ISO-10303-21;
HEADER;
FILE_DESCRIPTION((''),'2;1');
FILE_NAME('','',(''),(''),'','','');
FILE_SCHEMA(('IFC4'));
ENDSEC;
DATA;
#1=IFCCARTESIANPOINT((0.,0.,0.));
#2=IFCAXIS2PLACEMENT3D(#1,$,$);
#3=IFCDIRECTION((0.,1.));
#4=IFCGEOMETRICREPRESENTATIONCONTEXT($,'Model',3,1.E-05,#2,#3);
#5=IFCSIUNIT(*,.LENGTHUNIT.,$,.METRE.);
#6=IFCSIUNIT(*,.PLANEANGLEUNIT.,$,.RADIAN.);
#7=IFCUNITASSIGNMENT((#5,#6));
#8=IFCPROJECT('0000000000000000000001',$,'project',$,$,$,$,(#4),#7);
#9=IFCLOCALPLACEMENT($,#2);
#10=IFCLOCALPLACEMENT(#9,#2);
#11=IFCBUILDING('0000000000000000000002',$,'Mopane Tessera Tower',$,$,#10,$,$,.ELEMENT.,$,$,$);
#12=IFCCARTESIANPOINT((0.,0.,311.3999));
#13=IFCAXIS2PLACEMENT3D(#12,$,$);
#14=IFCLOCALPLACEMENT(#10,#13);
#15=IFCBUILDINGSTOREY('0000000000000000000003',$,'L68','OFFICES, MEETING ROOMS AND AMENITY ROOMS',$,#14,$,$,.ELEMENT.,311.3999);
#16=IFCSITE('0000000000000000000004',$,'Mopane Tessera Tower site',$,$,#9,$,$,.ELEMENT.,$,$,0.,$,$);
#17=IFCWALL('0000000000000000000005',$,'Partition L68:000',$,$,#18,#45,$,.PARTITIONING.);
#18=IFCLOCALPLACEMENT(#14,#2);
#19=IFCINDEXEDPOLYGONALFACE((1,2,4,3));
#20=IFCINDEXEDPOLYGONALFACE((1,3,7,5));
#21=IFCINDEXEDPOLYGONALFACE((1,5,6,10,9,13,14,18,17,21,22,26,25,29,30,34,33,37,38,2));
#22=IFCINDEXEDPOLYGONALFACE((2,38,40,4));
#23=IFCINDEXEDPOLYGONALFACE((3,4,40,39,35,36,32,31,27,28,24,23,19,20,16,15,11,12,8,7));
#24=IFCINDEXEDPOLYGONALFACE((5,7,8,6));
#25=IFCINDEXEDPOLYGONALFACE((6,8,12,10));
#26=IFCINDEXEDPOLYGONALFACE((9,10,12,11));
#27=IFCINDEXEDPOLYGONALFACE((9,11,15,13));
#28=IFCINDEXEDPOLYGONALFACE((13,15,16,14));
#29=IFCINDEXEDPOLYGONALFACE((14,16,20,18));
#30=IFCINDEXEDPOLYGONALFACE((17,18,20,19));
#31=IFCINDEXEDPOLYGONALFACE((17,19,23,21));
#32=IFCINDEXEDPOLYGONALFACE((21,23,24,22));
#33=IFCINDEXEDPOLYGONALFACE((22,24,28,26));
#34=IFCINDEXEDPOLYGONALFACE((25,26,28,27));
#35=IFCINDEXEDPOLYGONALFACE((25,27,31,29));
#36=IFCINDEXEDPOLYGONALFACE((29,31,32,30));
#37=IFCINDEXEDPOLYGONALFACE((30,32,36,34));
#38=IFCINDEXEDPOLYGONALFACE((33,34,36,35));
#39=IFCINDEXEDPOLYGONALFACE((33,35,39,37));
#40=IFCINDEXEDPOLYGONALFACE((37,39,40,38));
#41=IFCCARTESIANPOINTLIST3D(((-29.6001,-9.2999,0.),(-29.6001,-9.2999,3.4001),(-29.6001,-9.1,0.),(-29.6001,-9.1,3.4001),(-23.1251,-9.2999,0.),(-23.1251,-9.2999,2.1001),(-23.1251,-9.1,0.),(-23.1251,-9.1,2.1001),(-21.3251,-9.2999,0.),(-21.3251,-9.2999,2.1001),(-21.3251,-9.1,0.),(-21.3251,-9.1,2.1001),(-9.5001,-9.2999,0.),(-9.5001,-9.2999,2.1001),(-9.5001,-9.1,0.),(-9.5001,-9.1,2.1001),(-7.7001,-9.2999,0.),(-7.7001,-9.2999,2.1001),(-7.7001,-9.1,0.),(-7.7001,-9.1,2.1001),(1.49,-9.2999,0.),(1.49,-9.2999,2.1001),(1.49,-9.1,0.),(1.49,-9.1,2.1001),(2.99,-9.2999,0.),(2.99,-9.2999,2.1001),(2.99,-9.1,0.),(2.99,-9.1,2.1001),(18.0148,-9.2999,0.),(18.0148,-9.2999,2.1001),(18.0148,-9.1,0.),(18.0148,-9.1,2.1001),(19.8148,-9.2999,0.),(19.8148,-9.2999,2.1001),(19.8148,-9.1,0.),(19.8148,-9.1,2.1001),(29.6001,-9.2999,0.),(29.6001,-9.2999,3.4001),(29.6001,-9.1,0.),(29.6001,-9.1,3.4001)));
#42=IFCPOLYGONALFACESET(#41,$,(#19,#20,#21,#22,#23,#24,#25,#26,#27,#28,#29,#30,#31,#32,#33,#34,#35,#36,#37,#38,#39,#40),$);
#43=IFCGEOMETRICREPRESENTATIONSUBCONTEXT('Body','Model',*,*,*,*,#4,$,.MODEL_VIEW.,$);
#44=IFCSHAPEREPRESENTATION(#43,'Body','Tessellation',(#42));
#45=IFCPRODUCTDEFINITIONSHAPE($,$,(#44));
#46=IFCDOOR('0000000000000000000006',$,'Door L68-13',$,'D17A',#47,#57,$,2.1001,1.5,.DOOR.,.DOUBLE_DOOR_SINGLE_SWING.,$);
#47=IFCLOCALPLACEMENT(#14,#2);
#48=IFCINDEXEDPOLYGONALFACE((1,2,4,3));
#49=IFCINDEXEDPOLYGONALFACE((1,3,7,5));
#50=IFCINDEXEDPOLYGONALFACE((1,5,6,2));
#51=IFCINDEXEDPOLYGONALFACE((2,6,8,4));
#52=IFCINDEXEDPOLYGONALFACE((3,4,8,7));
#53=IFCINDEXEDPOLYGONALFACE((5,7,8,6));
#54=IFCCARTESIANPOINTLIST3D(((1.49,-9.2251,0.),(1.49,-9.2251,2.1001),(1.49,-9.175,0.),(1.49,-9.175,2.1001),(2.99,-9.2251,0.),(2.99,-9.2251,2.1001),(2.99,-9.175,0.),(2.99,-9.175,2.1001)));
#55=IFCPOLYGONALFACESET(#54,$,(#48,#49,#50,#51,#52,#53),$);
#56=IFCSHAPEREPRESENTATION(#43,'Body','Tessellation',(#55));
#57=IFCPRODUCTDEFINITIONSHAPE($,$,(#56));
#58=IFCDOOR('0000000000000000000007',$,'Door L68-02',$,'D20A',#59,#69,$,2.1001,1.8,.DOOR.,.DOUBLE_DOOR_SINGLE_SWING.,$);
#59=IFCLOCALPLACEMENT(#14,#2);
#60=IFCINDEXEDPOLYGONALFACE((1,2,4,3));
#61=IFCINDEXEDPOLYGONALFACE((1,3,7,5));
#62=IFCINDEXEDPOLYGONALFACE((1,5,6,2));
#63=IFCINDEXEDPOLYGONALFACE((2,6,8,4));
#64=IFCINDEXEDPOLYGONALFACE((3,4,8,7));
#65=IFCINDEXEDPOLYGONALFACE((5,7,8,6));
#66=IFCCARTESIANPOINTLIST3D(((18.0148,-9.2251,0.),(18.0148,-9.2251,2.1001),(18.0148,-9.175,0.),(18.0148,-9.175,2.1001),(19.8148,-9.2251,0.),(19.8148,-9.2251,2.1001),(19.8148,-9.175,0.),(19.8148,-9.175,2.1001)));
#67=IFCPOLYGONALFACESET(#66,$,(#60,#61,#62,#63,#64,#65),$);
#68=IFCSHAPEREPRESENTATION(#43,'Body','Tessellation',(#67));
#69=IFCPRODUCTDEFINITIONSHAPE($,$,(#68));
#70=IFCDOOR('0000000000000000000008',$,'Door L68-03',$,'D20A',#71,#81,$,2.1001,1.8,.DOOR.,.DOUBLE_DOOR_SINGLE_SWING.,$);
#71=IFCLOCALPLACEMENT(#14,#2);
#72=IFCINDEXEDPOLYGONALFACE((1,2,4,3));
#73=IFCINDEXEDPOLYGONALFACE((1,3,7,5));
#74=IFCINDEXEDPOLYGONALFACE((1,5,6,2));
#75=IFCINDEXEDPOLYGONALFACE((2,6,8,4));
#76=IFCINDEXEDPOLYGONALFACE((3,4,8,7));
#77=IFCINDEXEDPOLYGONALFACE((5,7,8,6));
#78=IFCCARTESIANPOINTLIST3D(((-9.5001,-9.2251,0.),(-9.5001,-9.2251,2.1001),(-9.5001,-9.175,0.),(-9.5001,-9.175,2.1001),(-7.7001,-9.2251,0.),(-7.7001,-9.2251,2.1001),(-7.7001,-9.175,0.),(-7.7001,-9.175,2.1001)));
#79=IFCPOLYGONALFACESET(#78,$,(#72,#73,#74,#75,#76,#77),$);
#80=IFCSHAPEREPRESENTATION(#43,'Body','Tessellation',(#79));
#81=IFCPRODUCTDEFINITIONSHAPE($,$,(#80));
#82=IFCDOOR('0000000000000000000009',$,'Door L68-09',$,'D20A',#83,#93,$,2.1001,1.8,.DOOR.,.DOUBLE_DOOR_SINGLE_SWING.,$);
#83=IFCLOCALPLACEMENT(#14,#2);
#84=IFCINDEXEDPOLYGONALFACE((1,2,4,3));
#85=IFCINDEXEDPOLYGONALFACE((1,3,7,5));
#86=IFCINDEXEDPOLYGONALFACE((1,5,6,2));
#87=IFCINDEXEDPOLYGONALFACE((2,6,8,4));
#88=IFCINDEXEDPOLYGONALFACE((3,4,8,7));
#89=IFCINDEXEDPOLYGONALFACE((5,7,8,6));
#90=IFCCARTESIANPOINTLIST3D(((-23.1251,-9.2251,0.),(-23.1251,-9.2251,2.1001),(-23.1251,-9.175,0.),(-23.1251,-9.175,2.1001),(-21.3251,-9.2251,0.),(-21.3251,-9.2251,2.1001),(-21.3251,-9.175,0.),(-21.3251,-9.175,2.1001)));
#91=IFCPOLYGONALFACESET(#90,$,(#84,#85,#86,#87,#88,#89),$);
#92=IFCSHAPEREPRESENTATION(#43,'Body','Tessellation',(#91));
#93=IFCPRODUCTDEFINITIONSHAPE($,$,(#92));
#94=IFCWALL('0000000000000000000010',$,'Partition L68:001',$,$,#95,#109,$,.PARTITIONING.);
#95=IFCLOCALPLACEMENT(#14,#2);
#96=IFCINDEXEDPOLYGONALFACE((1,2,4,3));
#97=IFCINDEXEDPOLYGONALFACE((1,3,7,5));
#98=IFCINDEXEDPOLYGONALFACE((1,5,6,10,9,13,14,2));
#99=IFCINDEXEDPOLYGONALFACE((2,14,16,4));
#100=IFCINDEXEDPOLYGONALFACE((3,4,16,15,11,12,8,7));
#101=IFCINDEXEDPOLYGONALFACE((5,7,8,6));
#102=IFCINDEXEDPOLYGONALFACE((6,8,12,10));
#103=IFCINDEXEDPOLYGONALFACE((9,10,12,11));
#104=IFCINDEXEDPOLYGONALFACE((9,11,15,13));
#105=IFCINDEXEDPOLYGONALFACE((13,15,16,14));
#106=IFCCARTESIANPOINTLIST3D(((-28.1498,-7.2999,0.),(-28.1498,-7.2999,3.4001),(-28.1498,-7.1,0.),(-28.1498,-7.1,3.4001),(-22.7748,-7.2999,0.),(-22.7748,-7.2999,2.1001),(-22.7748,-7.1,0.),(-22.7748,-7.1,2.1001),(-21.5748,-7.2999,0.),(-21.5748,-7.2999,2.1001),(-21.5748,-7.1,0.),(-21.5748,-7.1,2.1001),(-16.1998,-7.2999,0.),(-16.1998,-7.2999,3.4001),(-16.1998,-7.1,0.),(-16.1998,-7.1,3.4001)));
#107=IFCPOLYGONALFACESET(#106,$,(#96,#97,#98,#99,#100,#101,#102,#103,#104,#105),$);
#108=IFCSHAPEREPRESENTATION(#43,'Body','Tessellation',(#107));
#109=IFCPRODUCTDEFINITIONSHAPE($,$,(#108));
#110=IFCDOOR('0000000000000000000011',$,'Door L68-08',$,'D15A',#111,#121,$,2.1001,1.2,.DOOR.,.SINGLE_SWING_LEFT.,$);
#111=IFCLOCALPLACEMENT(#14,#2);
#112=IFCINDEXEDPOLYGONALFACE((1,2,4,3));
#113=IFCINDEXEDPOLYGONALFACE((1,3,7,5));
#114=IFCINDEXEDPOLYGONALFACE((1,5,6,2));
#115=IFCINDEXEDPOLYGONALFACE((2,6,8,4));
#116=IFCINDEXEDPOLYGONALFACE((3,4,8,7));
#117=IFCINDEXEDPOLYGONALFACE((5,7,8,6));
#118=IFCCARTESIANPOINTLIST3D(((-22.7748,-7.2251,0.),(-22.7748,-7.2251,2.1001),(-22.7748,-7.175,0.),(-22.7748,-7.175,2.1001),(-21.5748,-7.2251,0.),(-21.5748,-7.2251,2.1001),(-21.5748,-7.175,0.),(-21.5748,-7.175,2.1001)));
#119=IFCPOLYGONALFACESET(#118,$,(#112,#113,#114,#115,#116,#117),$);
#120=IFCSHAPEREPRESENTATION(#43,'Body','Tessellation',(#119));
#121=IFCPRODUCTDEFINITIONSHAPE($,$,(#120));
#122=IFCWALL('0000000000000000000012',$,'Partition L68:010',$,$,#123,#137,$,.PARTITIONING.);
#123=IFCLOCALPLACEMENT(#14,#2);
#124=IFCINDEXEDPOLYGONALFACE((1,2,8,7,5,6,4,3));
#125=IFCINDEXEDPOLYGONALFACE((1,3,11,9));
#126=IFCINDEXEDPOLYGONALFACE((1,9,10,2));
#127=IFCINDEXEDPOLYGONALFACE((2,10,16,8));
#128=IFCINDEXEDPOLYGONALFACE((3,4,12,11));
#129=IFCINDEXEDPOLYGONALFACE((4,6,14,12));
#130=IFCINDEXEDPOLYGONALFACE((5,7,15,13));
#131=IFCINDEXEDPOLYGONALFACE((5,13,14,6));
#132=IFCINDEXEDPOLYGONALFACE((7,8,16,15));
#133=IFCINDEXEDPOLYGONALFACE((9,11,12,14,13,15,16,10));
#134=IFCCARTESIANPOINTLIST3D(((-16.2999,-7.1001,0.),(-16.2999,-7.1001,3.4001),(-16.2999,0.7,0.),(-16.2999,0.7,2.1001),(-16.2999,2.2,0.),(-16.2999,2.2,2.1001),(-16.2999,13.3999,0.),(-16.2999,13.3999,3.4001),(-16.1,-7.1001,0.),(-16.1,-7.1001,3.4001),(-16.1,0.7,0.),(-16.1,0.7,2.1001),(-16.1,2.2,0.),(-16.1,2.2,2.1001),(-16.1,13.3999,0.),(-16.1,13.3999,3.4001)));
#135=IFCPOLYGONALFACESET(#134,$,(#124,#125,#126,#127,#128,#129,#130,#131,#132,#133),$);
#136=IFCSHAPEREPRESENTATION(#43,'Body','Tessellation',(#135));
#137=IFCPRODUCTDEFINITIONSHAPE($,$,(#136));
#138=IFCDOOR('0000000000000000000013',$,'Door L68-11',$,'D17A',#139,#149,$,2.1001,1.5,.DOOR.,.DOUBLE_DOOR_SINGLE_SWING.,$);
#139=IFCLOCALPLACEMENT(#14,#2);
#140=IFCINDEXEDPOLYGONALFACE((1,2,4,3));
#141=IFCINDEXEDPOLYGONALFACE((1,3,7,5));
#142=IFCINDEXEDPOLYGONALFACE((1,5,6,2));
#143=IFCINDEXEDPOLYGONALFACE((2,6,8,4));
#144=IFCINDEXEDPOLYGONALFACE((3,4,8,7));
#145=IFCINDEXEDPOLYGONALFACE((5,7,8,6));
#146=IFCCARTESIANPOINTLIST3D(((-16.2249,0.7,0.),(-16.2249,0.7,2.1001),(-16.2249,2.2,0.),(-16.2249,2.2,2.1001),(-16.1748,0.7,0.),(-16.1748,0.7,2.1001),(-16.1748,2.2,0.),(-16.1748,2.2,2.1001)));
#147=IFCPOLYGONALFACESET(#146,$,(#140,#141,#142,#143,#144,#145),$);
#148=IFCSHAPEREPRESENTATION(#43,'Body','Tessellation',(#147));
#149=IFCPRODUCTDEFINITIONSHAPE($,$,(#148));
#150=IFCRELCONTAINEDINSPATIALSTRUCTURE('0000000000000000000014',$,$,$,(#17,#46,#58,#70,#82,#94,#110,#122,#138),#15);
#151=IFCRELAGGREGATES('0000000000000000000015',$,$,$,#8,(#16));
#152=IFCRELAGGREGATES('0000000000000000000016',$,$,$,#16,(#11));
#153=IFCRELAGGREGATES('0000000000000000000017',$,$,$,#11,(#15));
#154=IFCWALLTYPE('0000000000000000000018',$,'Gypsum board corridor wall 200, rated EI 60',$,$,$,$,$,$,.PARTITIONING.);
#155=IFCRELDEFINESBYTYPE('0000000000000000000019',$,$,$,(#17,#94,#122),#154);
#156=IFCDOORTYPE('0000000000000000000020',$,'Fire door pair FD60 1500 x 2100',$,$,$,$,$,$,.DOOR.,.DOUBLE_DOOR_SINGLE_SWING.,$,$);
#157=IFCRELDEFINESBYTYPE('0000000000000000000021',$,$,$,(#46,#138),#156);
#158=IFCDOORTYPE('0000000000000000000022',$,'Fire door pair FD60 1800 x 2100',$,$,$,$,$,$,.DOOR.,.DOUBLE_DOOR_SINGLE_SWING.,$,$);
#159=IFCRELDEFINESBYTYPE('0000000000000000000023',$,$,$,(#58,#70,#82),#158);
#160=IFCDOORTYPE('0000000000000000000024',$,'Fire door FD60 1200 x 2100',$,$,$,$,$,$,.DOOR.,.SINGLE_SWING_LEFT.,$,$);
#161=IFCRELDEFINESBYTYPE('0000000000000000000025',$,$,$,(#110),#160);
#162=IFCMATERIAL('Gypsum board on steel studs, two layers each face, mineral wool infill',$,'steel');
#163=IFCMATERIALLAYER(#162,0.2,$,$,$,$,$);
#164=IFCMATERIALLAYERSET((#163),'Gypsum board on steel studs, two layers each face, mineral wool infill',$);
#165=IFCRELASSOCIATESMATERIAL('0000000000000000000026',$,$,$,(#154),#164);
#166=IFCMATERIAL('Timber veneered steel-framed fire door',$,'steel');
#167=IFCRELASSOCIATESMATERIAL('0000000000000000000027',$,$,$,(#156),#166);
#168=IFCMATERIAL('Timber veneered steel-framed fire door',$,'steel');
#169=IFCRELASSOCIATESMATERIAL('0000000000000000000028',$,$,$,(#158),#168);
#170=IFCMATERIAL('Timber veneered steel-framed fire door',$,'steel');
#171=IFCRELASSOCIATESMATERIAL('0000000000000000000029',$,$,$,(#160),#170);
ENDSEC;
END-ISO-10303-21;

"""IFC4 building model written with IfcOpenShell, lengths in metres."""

from ifc_helpers import new_model, si_unit, direction, frame, frame_2d, origin, place, context, subcontext, project, spatial, rectangle, extrude, material, layer, layer_set, type_object, element, fill, save


model = new_model("IFC4")

# Units and contexts
model_context = context("Model", 3, precision=1e-05, world=origin(), true_north=direction((0.0, 1.0)))
body_context = subcontext(model_context, "Body", "Model", "MODEL_VIEW")
ifc_project = project(units=[si_unit("LENGTHUNIT", "METRE"), si_unit("PLANEANGLEUNIT", "RADIAN")], contexts=[model_context])

# Site, building, storey
site_placement = place(None, origin())
site = spatial("IfcSite", under=ifc_project, at=site_placement, Name="Mopane Tessera Tower site", CompositionType="ELEMENT", RefElevation=0.0)
building_placement = place(site_placement, origin())
building = spatial("IfcBuilding", under=site, at=building_placement, Name="Mopane Tessera Tower", CompositionType="ELEMENT")
storey_placement = place(building_placement, frame((0.0, 0.0, 311.3999)))
storey = spatial("IfcBuildingStorey", under=building, at=storey_placement, Name="L68", Description="OFFICES, MEETING ROOMS AND AMENITY ROOMS", CompositionType="ELEMENT", Elevation=311.3999)

# Wall, openings, doors
ifc_material_1 = material(Name="Gypsum board on steel studs, two layers each face, mineral wool infill", Category="steel")
ifc_layer_1 = layer(ifc_material_1, 0.2)
ifc_layer_set_1 = layer_set([ifc_layer_1], Name="Gypsum board on steel studs, two layers each face, mineral wool infill")
wall_type_1 = type_object("IfcWallType", Name="Gypsum board corridor wall 200, rated EI 60", PredefinedType="PARTITIONING", material=ifc_layer_set_1)
wall_1_placement = place(storey_placement, frame((-29.6001, -9.2, 0.0), z_axis=(0.0, 0.0, 1.0), x_axis=(1.0, 0.0, 0.0)))
wall_1 = element("IfcWall", 1, at=wall_1_placement, inside=storey, type_object=wall_type_1, Name="Partition L68:000", PredefinedType="PARTITIONING", context=body_context, shape_type="SweptSolid", body=[
    extrude(rectangle(XDim=59.2002, YDim=0.2, at=frame_2d((29.6001, 0.0))), origin(), (0.0, 0.0, 1.0), 3.4001),
])
opening_1_placement = place(wall_1_placement, frame((47.615, 0.0, 0.0)))
opening_1 = element("IfcOpeningElement", 2, at=opening_1_placement, cuts=wall_1, PredefinedType="OPENING", context=body_context, shape_type="SweptSolid", body=[
    extrude(rectangle(XDim=1.8, YDim=2.1001, at=frame_2d((0.8999, 1.05))), frame((0.0, 0.1121, 0.0), z_axis=(0.0, -1.0, 0.0), x_axis=(1.0, 0.0, 0.0)), (0.0, 0.0, 1.0), 0.2239),
])
opening_2_placement = place(wall_1_placement, frame((20.1001, 0.0, 0.0)))
opening_2 = element("IfcOpeningElement", 3, at=opening_2_placement, cuts=wall_1, PredefinedType="OPENING", context=body_context, shape_type="SweptSolid", body=[
    extrude(rectangle(XDim=1.8, YDim=2.1001, at=frame_2d((0.8999, 1.05))), frame((0.0, 0.1121, 0.0), z_axis=(0.0, -1.0, 0.0), x_axis=(1.0, 0.0, 0.0)), (0.0, 0.0, 1.0), 0.2239),
])
opening_3_placement = place(wall_1_placement, frame((6.4751, 0.0, 0.0)))
opening_3 = element("IfcOpeningElement", 4, at=opening_3_placement, cuts=wall_1, PredefinedType="OPENING", context=body_context, shape_type="SweptSolid", body=[
    extrude(rectangle(XDim=1.8, YDim=2.1001, at=frame_2d((0.8999, 1.05))), frame((0.0, 0.1121, 0.0), z_axis=(0.0, -1.0, 0.0), x_axis=(1.0, 0.0, 0.0)), (0.0, 0.0, 1.0), 0.2239),
])
opening_4_placement = place(wall_1_placement, frame((31.0901, 0.0, 0.0)))
opening_4 = element("IfcOpeningElement", 5, at=opening_4_placement, cuts=wall_1, PredefinedType="OPENING", context=body_context, shape_type="SweptSolid", body=[
    extrude(rectangle(XDim=1.5, YDim=2.1001, at=frame_2d((0.75, 1.05))), frame((0.0, 0.1121, 0.0), z_axis=(0.0, -1.0, 0.0), x_axis=(1.0, 0.0, 0.0)), (0.0, 0.0, 1.0), 0.2239),
])
ifc_material_2 = material(Name="Timber veneered steel-framed fire door", Category="steel")
door_type_1 = type_object("IfcDoorType", Name="Fire door pair FD60 1500 x 2100", OperationType="DOUBLE_DOOR_SINGLE_SWING", PredefinedType="DOOR", material=ifc_material_2)
door_1_placement = place(opening_4_placement, origin())
door_1 = element("IfcDoor", 6, at=door_1_placement, inside=storey, type_object=door_type_1, Name="Door L68-13", ObjectType="D17A", OperationType="DOUBLE_DOOR_SINGLE_SWING", OverallHeight=2.1001, OverallWidth=1.5, PredefinedType="DOOR", context=body_context, shape_type="SweptSolid", body=[
    extrude(rectangle(XDim=1.5, YDim=2.1001, at=frame_2d((0.75, 1.05))), frame((0.0, 0.0249, 0.0), z_axis=(0.0, -1.0, 0.0), x_axis=(1.0, 0.0, 0.0)), (0.0, 0.0, 1.0), 0.05),
])
fill(opening_4, door_1)
ifc_material_3 = material(Name="Timber veneered steel-framed fire door", Category="steel")
door_type_2 = type_object("IfcDoorType", Name="Fire door pair FD60 1800 x 2100", OperationType="DOUBLE_DOOR_SINGLE_SWING", PredefinedType="DOOR", material=ifc_material_3)
door_2_placement = place(opening_1_placement, origin())
door_2 = element("IfcDoor", 7, at=door_2_placement, inside=storey, type_object=door_type_2, Name="Door L68-02", ObjectType="D20A", OperationType="DOUBLE_DOOR_SINGLE_SWING", OverallHeight=2.1001, OverallWidth=1.8, PredefinedType="DOOR", context=body_context, shape_type="SweptSolid", body=[
    extrude(rectangle(XDim=1.8, YDim=2.1001, at=frame_2d((0.8999, 1.05))), frame((0.0, 0.0249, 0.0), z_axis=(0.0, -1.0, 0.0), x_axis=(1.0, 0.0, 0.0)), (0.0, 0.0, 1.0), 0.05),
])
fill(opening_1, door_2)
door_3_placement = place(opening_2_placement, origin())
door_3 = element("IfcDoor", 8, at=door_3_placement, inside=storey, type_object=door_type_2, Name="Door L68-03", ObjectType="D20A", OperationType="DOUBLE_DOOR_SINGLE_SWING", OverallHeight=2.1001, OverallWidth=1.8, PredefinedType="DOOR", context=body_context, shape_type="SweptSolid", body=[
    extrude(rectangle(XDim=1.8, YDim=2.1001, at=frame_2d((0.8999, 1.05))), frame((0.0, 0.0249, 0.0), z_axis=(0.0, -1.0, 0.0), x_axis=(1.0, 0.0, 0.0)), (0.0, 0.0, 1.0), 0.05),
])
fill(opening_2, door_3)
door_4_placement = place(opening_3_placement, origin())
door_4 = element("IfcDoor", 9, at=door_4_placement, inside=storey, type_object=door_type_2, Name="Door L68-09", ObjectType="D20A", OperationType="DOUBLE_DOOR_SINGLE_SWING", OverallHeight=2.1001, OverallWidth=1.8, PredefinedType="DOOR", context=body_context, shape_type="SweptSolid", body=[
    extrude(rectangle(XDim=1.8, YDim=2.1001, at=frame_2d((0.8999, 1.05))), frame((0.0, 0.0249, 0.0), z_axis=(0.0, -1.0, 0.0), x_axis=(1.0, 0.0, 0.0)), (0.0, 0.0, 1.0), 0.05),
])
fill(opening_3, door_4)

# Walls, openings, doors
wall_2_placement = place(storey_placement, frame((-28.1499, -7.2, 0.0), z_axis=(0.0, 0.0, 1.0), x_axis=(1.0, 0.0, 0.0)))
wall_2 = element("IfcWall", 10, at=wall_2_placement, inside=storey, type_object=wall_type_1, Name="Partition L68:001", PredefinedType="PARTITIONING", context=body_context, shape_type="SweptSolid", body=[
    extrude(rectangle(XDim=11.95, YDim=0.2, at=frame_2d((5.9751, 0.0))), origin(), (0.0, 0.0, 1.0), 3.4001),
])
opening_5_placement = place(wall_2_placement, frame((5.375, 0.0, 0.0)))
opening_5 = element("IfcOpeningElement", 11, at=opening_5_placement, cuts=wall_2, PredefinedType="OPENING", context=body_context, shape_type="SweptSolid", body=[
    extrude(rectangle(XDim=1.2, YDim=2.1001, at=frame_2d((0.6001, 1.05))), frame((0.0, 0.1121, 0.0), z_axis=(0.0, -1.0, 0.0), x_axis=(1.0, 0.0, 0.0)), (0.0, 0.0, 1.0), 0.2239),
])
ifc_material_4 = material(Name="Timber veneered steel-framed fire door", Category="steel")
door_type_3 = type_object("IfcDoorType", Name="Fire door FD60 1200 x 2100", OperationType="SINGLE_SWING_LEFT", PredefinedType="DOOR", material=ifc_material_4)
door_5_placement = place(opening_5_placement, origin())
door_5 = element("IfcDoor", 12, at=door_5_placement, inside=storey, type_object=door_type_3, Name="Door L68-08", ObjectType="D15A", OperationType="SINGLE_SWING_LEFT", OverallHeight=2.1001, OverallWidth=1.2, PredefinedType="DOOR", context=body_context, shape_type="SweptSolid", body=[
    extrude(rectangle(XDim=1.2, YDim=2.1001, at=frame_2d((0.6001, 1.05))), frame((0.0, 0.0249, 0.0), z_axis=(0.0, -1.0, 0.0), x_axis=(1.0, 0.0, 0.0)), (0.0, 0.0, 1.0), 0.05),
])
fill(opening_5, door_5)
wall_3_placement = place(storey_placement, frame((-16.2, -7.1001, 0.0), z_axis=(0.0, 0.0, 1.0), x_axis=(0.0, 1.0, 0.0)))
wall_3 = element("IfcWall", 13, at=wall_3_placement, inside=storey, type_object=wall_type_1, Name="Partition L68:010", PredefinedType="PARTITIONING", context=body_context, shape_type="SweptSolid", body=[
    extrude(rectangle(XDim=20.5, YDim=0.2, at=frame_2d((10.25, 0.0))), origin(), (0.0, 0.0, 1.0), 3.4001),
])
opening_6_placement = place(wall_3_placement, frame((7.8, 0.0, 0.0)))
opening_6 = element("IfcOpeningElement", 14, at=opening_6_placement, cuts=wall_3, PredefinedType="OPENING", context=body_context, shape_type="SweptSolid", body=[
    extrude(rectangle(XDim=1.5, YDim=2.1001, at=frame_2d((0.75, 1.05))), frame((0.0, 0.1121, 0.0), z_axis=(0.0, -1.0, 0.0), x_axis=(1.0, 0.0, 0.0)), (0.0, 0.0, 1.0), 0.2239),
])
door_6_placement = place(opening_6_placement, origin())
door_6 = element("IfcDoor", 15, at=door_6_placement, inside=storey, type_object=door_type_1, Name="Door L68-11", ObjectType="D17A", OperationType="DOUBLE_DOOR_SINGLE_SWING", OverallHeight=2.1001, OverallWidth=1.5, PredefinedType="DOOR", context=body_context, shape_type="SweptSolid", body=[
    extrude(rectangle(XDim=1.5, YDim=2.1001, at=frame_2d((0.75, 1.05))), frame((0.0, 0.0249, 0.0), z_axis=(0.0, -1.0, 0.0), x_axis=(1.0, 0.0, 0.0)), (0.0, 0.0, 1.0), 0.05),
])
fill(opening_6, door_6)

save(model, "model.ifc")
